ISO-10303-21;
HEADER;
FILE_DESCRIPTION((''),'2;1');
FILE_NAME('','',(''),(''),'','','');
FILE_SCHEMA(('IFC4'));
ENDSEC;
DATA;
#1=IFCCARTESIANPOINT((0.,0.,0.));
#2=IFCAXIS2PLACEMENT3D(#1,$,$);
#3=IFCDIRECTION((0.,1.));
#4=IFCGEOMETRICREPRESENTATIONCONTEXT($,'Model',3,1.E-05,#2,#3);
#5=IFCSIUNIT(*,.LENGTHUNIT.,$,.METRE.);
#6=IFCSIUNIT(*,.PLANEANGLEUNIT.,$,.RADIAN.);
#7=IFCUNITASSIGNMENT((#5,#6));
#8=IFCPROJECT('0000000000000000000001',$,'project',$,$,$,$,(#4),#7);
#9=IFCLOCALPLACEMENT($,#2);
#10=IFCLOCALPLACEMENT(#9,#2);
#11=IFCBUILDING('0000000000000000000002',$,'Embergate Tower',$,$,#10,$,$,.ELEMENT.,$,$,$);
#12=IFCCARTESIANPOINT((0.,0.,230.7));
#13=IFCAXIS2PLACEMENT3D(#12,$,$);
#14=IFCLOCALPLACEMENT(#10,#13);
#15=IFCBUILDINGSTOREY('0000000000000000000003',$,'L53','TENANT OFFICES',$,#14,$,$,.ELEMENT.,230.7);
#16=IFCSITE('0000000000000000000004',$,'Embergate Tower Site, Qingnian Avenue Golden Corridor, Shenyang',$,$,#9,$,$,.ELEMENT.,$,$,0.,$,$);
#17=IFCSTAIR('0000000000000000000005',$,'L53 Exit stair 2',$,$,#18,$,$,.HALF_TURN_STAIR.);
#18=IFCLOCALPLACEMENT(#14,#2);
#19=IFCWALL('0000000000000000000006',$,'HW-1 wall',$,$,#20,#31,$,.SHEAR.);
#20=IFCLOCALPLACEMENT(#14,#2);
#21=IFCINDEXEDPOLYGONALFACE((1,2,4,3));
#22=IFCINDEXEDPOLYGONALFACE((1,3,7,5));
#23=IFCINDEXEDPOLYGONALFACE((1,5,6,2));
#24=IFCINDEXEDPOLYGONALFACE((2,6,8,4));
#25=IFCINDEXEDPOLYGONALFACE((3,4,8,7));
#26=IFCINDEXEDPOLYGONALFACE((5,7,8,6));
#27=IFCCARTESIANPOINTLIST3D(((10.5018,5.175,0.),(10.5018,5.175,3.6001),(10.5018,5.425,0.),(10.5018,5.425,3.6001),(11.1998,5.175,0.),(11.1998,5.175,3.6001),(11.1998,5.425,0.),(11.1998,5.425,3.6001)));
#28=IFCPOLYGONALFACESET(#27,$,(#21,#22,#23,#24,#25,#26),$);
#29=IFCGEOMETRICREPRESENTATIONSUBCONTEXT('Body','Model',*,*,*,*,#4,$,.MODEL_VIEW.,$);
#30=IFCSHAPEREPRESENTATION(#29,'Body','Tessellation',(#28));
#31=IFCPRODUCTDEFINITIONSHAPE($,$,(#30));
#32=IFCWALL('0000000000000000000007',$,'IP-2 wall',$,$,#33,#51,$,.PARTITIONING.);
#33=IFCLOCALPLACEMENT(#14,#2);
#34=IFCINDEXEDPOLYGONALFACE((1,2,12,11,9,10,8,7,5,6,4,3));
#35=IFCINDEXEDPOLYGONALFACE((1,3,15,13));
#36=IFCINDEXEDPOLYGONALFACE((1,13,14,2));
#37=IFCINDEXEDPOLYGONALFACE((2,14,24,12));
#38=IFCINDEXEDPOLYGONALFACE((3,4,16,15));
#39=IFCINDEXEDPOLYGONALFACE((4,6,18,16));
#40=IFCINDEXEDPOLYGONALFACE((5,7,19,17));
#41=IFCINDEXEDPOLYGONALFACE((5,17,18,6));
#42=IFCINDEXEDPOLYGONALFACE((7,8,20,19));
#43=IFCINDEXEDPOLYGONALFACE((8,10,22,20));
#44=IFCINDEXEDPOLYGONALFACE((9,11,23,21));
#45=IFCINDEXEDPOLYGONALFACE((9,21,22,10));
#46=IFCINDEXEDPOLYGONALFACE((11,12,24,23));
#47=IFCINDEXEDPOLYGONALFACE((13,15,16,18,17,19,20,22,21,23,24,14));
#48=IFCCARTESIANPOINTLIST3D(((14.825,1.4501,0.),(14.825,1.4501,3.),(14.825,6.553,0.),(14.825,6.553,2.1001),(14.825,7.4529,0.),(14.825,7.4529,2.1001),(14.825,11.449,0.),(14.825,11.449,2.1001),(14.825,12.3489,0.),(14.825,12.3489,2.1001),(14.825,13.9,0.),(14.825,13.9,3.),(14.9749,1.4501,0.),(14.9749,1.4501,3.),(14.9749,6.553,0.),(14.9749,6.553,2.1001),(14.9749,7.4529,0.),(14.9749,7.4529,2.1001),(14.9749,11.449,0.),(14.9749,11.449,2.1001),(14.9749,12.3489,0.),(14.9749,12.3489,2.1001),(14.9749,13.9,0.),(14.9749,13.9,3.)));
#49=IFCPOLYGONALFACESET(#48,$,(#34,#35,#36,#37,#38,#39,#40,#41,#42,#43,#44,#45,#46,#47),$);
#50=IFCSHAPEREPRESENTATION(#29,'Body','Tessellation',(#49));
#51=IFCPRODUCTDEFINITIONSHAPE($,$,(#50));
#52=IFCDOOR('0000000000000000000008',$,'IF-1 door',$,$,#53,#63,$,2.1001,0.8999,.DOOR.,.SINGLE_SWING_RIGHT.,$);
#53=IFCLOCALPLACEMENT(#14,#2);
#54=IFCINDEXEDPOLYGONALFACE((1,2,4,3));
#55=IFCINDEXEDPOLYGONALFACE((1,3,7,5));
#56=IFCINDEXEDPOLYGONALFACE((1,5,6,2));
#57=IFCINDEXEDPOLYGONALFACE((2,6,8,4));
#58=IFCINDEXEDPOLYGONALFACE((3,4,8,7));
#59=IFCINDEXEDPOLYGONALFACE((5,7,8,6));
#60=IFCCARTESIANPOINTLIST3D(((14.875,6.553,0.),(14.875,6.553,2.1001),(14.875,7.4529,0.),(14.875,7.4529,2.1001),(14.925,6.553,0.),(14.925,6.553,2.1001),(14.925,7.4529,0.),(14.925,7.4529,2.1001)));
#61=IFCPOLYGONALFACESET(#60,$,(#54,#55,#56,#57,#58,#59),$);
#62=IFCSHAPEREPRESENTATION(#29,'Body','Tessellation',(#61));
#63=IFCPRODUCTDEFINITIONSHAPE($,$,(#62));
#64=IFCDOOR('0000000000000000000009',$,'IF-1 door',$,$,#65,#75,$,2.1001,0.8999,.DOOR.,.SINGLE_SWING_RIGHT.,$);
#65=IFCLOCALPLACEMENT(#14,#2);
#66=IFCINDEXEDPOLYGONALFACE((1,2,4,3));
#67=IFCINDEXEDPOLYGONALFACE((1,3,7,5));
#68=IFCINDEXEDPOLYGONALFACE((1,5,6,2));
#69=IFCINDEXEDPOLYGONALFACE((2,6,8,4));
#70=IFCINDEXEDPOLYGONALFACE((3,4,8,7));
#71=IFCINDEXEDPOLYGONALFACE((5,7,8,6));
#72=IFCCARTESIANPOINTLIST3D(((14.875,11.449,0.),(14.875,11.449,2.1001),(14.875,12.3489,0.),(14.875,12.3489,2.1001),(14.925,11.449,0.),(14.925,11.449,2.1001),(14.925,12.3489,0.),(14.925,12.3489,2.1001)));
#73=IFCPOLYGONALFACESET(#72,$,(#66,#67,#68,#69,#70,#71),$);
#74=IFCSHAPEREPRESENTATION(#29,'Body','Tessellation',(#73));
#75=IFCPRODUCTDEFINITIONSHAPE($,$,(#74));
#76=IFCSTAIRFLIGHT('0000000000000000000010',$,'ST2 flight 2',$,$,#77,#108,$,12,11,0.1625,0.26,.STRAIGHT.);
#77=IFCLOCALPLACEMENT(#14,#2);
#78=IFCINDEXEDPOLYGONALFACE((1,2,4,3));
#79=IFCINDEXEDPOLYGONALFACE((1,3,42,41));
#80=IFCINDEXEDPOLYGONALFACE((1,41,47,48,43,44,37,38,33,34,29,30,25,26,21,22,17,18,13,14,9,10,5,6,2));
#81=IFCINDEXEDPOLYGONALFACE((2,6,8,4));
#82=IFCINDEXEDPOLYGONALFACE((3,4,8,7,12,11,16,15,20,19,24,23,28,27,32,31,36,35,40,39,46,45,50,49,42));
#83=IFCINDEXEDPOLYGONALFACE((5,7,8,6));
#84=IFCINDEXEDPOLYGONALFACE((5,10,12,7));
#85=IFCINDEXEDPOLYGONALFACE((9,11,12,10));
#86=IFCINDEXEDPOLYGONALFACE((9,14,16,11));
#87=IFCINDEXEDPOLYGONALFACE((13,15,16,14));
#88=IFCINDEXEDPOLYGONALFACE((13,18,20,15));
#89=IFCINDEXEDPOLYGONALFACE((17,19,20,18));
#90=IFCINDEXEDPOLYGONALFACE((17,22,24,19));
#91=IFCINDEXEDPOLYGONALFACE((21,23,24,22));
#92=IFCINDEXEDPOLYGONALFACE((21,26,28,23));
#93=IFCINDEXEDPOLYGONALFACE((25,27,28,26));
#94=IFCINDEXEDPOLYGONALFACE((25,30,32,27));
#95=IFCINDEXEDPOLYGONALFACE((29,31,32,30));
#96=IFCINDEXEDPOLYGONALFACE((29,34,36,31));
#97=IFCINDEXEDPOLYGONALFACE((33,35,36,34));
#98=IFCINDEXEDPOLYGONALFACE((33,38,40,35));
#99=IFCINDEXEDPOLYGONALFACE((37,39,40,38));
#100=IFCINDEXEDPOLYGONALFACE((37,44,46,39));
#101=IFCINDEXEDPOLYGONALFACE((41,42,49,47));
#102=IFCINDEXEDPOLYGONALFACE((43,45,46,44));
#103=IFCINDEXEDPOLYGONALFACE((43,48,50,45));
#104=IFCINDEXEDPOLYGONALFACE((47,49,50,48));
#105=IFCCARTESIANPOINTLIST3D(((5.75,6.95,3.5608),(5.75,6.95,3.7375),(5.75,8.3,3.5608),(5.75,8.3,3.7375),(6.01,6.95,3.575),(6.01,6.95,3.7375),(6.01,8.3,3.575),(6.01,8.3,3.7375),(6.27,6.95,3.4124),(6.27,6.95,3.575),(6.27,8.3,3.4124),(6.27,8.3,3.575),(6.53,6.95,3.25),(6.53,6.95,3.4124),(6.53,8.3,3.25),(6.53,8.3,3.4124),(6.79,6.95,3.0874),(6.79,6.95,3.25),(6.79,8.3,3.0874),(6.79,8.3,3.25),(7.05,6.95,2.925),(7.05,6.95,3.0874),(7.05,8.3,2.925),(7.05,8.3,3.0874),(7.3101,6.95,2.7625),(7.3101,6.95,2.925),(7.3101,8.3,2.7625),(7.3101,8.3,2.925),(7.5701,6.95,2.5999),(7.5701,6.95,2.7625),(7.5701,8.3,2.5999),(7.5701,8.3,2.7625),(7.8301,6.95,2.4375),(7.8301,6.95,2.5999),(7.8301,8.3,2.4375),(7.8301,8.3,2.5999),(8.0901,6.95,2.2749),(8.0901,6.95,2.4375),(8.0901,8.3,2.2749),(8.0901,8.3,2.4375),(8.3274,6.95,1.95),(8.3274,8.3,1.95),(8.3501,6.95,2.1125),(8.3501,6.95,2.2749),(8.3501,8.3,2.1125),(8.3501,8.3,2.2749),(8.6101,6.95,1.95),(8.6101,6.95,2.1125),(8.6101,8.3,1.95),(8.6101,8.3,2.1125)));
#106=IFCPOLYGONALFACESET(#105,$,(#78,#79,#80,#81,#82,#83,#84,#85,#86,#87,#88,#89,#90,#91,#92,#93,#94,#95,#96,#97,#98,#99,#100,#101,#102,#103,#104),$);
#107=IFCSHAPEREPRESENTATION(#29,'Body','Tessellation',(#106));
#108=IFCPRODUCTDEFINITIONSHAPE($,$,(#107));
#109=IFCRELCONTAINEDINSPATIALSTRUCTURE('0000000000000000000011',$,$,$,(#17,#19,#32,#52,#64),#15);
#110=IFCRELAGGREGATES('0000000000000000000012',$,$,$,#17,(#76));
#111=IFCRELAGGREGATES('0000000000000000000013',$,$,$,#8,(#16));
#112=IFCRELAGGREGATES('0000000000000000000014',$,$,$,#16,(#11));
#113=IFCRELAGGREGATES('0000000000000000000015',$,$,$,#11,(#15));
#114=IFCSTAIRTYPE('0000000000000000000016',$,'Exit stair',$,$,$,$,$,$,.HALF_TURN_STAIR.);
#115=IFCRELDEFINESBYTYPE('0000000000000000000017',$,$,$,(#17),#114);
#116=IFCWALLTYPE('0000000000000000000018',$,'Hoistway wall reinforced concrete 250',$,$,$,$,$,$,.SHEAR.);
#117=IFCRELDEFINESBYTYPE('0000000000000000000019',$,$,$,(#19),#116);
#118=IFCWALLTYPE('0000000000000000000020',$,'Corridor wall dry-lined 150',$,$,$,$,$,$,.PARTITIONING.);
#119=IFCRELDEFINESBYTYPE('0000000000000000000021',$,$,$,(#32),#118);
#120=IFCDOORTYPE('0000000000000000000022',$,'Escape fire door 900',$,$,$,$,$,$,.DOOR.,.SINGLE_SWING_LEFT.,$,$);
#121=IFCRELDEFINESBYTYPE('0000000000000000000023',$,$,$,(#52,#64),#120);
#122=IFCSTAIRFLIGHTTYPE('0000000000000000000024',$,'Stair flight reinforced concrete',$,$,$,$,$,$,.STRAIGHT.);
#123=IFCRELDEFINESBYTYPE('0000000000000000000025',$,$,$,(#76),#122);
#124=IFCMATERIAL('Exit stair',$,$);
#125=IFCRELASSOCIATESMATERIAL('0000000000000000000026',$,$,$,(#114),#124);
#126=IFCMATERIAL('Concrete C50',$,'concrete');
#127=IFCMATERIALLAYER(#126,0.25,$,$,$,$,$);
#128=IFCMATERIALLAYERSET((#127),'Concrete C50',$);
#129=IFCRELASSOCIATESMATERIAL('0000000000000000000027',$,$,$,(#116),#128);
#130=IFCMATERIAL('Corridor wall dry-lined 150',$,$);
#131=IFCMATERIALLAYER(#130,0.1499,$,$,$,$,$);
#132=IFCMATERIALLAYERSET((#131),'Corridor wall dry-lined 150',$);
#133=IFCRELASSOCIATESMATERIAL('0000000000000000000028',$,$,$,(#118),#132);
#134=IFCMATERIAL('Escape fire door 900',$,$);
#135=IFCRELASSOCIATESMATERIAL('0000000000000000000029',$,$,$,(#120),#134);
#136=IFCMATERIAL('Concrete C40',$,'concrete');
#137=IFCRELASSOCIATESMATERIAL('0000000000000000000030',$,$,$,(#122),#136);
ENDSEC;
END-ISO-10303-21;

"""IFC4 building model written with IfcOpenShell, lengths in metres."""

from ifc_helpers import new_model, si_unit, direction, frame, frame_2d, origin, place, context, subcontext, project, spatial, polyline, rectangle, outline, extrude, source, transform, mapped, material, layer, layer_set, type_object, element, fill, aggregate, save


model = new_model("IFC4")

# Units and contexts
model_context = context("Model", 3, precision=1e-05, world=origin(), true_north=direction((0.0, 1.0)))
body_context = subcontext(model_context, "Body", "Model", "MODEL_VIEW")
ifc_project = project(units=[si_unit("LENGTHUNIT", "METRE"), si_unit("PLANEANGLEUNIT", "RADIAN")], contexts=[model_context])

# Site, building, storey
site_placement = place(None, origin())
site = spatial("IfcSite", under=ifc_project, at=site_placement, Name="Embergate Tower Site, Qingnian Avenue Golden Corridor, Shenyang", CompositionType="ELEMENT", RefElevation=0.0)
building_placement = place(site_placement, origin())
building = spatial("IfcBuilding", under=site, at=building_placement, Name="Embergate Tower", CompositionType="ELEMENT")
storey_placement = place(building_placement, frame((0.0, 0.0, 230.7)))
storey = spatial("IfcBuildingStorey", under=building, at=storey_placement, Name="L53", Description="TENANT OFFICES", CompositionType="ELEMENT", Elevation=230.7)

# Stair
ifc_material_1 = material(Name="Exit stair")
stair_type = type_object("IfcStairType", Name="Exit stair", PredefinedType="HALF_TURN_STAIR", material=ifc_material_1)
stair_placement = place(storey_placement, origin())
stair = element("IfcStair", 1, at=stair_placement, inside=storey, type_object=stair_type, Name="L53 Exit stair 2", PredefinedType="HALF_TURN_STAIR")
ifc_material_2 = material(Name="Concrete C40", Category="concrete")

# Shared definitions
ifc_material_3 = material(Name="Concrete C50", Category="concrete")
ifc_layer_1 = layer(ifc_material_3, 0.25)
ifc_layer_set_1 = layer_set([ifc_layer_1], Name="Concrete C50")
wall_type_1 = type_object("IfcWallType", Name="Hoistway wall reinforced concrete 250", PredefinedType="SHEAR", material=ifc_layer_set_1)

# Shared definitions
shared_shape_1 = source(origin(), body_context, "Body", "SweptSolid", [
    extrude(rectangle(XDim=0.8999, YDim=2.1001, at=frame_2d((0.45, 1.05))), frame((0.0, 0.0249, 0.0), z_axis=(0.0, -1.0, 0.0), x_axis=(1.0, 0.0, 0.0)), (0.0, 0.0, 1.0), 0.05),
])

# Wall
shared_shape_2 = source(origin(), body_context, "Body", "SweptSolid", [
    extrude(rectangle(XDim=0.698, YDim=0.25, at=frame_2d((0.3491, 0.0))), origin(), (0.0, 0.0, 1.0), 3.6001),
])
wall_1_placement = place(storey_placement, frame((11.2, 5.3, 0.0), z_axis=(0.0, 0.0, 1.0), x_axis=(-1.0, 0.0, 0.0)))
element("IfcWall", 2, at=wall_1_placement, inside=storey, type_object=wall_type_1, Name="HW-1 wall", PredefinedType="SHEAR", context=body_context, shape_type="MappedRepresentation", body=[
    mapped(shared_shape_2, transform((0.0, 0.0, 0.0))),
])

# Wall, openings, doors
ifc_material_4 = material(Name="Corridor wall dry-lined 150")
ifc_layer_2 = layer(ifc_material_4, 0.1499)
ifc_layer_set_2 = layer_set([ifc_layer_2], Name="Corridor wall dry-lined 150")
wall_type_2 = type_object("IfcWallType", Name="Corridor wall dry-lined 150", PredefinedType="PARTITIONING", material=ifc_layer_set_2)
shared_shape_3 = source(origin(), body_context, "Body", "SweptSolid", [
    extrude(rectangle(XDim=12.45, YDim=0.1499, at=frame_2d((6.2251, 0.0))), origin(), (0.0, 0.0, 1.0), 3.0),
])
wall_2_placement = place(storey_placement, frame((14.8999, 1.45, 0.0), z_axis=(0.0, 0.0, 1.0), x_axis=(0.0, 1.0, 0.0)))
wall_2 = element("IfcWall", 3, at=wall_2_placement, inside=storey, type_object=wall_type_2, Name="IP-2 wall", PredefinedType="PARTITIONING", context=body_context, shape_type="MappedRepresentation", body=[
    mapped(shared_shape_3, transform((0.0, 0.0, 0.0))),
])
shared_shape_4 = source(origin(), body_context, "Body", "SweptSolid", [
    extrude(rectangle(XDim=0.8999, YDim=2.1001, at=frame_2d((0.45, 1.05))), frame((0.0, 0.085, 0.0), z_axis=(0.0, -1.0, 0.0), x_axis=(1.0, 0.0, 0.0)), (0.0, 0.0, 1.0), 0.1699),
])
opening_1_placement = place(wall_2_placement, frame((5.103, 0.0, 0.0)))
opening_1 = element("IfcOpeningElement", 4, at=opening_1_placement, cuts=wall_2, PredefinedType="OPENING", context=body_context, shape_type="MappedRepresentation", body=[
    mapped(shared_shape_4, transform((0.0, 0.0, 0.0))),
])
opening_2_placement = place(wall_2_placement, frame((9.999, 0.0, 0.0)))
opening_2 = element("IfcOpeningElement", 5, at=opening_2_placement, cuts=wall_2, PredefinedType="OPENING", context=body_context, shape_type="MappedRepresentation", body=[
    mapped(shared_shape_4, transform((0.0, 0.0, 0.0))),
])
ifc_material_5 = material(Name="Escape fire door 900")
door_type_1 = type_object("IfcDoorType", Name="Escape fire door 900", OperationType="SINGLE_SWING_LEFT", PredefinedType="DOOR", material=ifc_material_5)
door_1_placement = place(opening_1_placement, origin())
door_1 = element("IfcDoor", 6, at=door_1_placement, inside=storey, type_object=door_type_1, Name="IF-1 door", OperationType="SINGLE_SWING_RIGHT", OverallHeight=2.1001, OverallWidth=0.8999, PredefinedType="DOOR", context=body_context, shape_type="MappedRepresentation", body=[
    mapped(shared_shape_1, transform((0.0, 0.0, 0.0))),
])
fill(opening_1, door_1)
door_2_placement = place(opening_2_placement, origin())
door_2 = element("IfcDoor", 7, at=door_2_placement, inside=storey, type_object=door_type_1, Name="IF-1 door", OperationType="SINGLE_SWING_RIGHT", OverallHeight=2.1001, OverallWidth=0.8999, PredefinedType="DOOR", context=body_context, shape_type="MappedRepresentation", body=[
    mapped(shared_shape_1, transform((0.0, 0.0, 0.0))),
])
fill(opening_2, door_2)

# Stair flight
stair_flight_type = type_object("IfcStairFlightType", Name="Stair flight reinforced concrete", PredefinedType="STRAIGHT", material=ifc_material_2)
shared_shape_5 = source(origin(), body_context, "Body", "SweptSolid", [
    extrude(outline(polyline([(0.0, 0.0), (0.0, 0.1626), (0.26, 0.1626), (0.26, 0.325), (0.52, 0.325), (0.52, 0.4875), (0.78, 0.4875), (0.78, 0.6499), (1.04, 0.6499), (1.04, 0.8125), (1.3, 0.8125), (1.3, 0.9751), (1.5601, 0.9751), (1.5601, 1.1375), (1.8201, 1.1375), (1.8201, 1.3), (2.0801, 1.3), (2.0801, 1.4624), (2.3401, 1.4624), (2.3401, 1.625), (2.6001, 1.625), (2.6001, 1.7876), (2.8601, 1.7876), (2.8601, 1.95), (2.8601, 1.6108), (0.2827, 0.0), (0.0, 0.0)])), frame((0.0, 0.675, 0.0), z_axis=(0.0, -1.0, 0.0), x_axis=(1.0, 0.0, 0.0)), (0.0, 0.0, 1.0), 1.3501),
])
stair_flight_placement = place(storey_placement, frame((8.6101, 7.625, 1.95), z_axis=(0.0, 0.0, 1.0), x_axis=(-1.0, 0.0, 0.0)))
stair_flight = element("IfcStairFlight", 8, at=stair_flight_placement, type_object=stair_flight_type, Name="ST2 flight 2", NumberOfRisers=12, NumberOfTreads=11, PredefinedType="STRAIGHT", RiserHeight=0.1625, TreadLength=0.26, context=body_context, shape_type="MappedRepresentation", body=[
    mapped(shared_shape_5, transform((0.0, 0.0, 0.0))),
])
aggregate(stair, [stair_flight])

save(model, "model.ifc")
